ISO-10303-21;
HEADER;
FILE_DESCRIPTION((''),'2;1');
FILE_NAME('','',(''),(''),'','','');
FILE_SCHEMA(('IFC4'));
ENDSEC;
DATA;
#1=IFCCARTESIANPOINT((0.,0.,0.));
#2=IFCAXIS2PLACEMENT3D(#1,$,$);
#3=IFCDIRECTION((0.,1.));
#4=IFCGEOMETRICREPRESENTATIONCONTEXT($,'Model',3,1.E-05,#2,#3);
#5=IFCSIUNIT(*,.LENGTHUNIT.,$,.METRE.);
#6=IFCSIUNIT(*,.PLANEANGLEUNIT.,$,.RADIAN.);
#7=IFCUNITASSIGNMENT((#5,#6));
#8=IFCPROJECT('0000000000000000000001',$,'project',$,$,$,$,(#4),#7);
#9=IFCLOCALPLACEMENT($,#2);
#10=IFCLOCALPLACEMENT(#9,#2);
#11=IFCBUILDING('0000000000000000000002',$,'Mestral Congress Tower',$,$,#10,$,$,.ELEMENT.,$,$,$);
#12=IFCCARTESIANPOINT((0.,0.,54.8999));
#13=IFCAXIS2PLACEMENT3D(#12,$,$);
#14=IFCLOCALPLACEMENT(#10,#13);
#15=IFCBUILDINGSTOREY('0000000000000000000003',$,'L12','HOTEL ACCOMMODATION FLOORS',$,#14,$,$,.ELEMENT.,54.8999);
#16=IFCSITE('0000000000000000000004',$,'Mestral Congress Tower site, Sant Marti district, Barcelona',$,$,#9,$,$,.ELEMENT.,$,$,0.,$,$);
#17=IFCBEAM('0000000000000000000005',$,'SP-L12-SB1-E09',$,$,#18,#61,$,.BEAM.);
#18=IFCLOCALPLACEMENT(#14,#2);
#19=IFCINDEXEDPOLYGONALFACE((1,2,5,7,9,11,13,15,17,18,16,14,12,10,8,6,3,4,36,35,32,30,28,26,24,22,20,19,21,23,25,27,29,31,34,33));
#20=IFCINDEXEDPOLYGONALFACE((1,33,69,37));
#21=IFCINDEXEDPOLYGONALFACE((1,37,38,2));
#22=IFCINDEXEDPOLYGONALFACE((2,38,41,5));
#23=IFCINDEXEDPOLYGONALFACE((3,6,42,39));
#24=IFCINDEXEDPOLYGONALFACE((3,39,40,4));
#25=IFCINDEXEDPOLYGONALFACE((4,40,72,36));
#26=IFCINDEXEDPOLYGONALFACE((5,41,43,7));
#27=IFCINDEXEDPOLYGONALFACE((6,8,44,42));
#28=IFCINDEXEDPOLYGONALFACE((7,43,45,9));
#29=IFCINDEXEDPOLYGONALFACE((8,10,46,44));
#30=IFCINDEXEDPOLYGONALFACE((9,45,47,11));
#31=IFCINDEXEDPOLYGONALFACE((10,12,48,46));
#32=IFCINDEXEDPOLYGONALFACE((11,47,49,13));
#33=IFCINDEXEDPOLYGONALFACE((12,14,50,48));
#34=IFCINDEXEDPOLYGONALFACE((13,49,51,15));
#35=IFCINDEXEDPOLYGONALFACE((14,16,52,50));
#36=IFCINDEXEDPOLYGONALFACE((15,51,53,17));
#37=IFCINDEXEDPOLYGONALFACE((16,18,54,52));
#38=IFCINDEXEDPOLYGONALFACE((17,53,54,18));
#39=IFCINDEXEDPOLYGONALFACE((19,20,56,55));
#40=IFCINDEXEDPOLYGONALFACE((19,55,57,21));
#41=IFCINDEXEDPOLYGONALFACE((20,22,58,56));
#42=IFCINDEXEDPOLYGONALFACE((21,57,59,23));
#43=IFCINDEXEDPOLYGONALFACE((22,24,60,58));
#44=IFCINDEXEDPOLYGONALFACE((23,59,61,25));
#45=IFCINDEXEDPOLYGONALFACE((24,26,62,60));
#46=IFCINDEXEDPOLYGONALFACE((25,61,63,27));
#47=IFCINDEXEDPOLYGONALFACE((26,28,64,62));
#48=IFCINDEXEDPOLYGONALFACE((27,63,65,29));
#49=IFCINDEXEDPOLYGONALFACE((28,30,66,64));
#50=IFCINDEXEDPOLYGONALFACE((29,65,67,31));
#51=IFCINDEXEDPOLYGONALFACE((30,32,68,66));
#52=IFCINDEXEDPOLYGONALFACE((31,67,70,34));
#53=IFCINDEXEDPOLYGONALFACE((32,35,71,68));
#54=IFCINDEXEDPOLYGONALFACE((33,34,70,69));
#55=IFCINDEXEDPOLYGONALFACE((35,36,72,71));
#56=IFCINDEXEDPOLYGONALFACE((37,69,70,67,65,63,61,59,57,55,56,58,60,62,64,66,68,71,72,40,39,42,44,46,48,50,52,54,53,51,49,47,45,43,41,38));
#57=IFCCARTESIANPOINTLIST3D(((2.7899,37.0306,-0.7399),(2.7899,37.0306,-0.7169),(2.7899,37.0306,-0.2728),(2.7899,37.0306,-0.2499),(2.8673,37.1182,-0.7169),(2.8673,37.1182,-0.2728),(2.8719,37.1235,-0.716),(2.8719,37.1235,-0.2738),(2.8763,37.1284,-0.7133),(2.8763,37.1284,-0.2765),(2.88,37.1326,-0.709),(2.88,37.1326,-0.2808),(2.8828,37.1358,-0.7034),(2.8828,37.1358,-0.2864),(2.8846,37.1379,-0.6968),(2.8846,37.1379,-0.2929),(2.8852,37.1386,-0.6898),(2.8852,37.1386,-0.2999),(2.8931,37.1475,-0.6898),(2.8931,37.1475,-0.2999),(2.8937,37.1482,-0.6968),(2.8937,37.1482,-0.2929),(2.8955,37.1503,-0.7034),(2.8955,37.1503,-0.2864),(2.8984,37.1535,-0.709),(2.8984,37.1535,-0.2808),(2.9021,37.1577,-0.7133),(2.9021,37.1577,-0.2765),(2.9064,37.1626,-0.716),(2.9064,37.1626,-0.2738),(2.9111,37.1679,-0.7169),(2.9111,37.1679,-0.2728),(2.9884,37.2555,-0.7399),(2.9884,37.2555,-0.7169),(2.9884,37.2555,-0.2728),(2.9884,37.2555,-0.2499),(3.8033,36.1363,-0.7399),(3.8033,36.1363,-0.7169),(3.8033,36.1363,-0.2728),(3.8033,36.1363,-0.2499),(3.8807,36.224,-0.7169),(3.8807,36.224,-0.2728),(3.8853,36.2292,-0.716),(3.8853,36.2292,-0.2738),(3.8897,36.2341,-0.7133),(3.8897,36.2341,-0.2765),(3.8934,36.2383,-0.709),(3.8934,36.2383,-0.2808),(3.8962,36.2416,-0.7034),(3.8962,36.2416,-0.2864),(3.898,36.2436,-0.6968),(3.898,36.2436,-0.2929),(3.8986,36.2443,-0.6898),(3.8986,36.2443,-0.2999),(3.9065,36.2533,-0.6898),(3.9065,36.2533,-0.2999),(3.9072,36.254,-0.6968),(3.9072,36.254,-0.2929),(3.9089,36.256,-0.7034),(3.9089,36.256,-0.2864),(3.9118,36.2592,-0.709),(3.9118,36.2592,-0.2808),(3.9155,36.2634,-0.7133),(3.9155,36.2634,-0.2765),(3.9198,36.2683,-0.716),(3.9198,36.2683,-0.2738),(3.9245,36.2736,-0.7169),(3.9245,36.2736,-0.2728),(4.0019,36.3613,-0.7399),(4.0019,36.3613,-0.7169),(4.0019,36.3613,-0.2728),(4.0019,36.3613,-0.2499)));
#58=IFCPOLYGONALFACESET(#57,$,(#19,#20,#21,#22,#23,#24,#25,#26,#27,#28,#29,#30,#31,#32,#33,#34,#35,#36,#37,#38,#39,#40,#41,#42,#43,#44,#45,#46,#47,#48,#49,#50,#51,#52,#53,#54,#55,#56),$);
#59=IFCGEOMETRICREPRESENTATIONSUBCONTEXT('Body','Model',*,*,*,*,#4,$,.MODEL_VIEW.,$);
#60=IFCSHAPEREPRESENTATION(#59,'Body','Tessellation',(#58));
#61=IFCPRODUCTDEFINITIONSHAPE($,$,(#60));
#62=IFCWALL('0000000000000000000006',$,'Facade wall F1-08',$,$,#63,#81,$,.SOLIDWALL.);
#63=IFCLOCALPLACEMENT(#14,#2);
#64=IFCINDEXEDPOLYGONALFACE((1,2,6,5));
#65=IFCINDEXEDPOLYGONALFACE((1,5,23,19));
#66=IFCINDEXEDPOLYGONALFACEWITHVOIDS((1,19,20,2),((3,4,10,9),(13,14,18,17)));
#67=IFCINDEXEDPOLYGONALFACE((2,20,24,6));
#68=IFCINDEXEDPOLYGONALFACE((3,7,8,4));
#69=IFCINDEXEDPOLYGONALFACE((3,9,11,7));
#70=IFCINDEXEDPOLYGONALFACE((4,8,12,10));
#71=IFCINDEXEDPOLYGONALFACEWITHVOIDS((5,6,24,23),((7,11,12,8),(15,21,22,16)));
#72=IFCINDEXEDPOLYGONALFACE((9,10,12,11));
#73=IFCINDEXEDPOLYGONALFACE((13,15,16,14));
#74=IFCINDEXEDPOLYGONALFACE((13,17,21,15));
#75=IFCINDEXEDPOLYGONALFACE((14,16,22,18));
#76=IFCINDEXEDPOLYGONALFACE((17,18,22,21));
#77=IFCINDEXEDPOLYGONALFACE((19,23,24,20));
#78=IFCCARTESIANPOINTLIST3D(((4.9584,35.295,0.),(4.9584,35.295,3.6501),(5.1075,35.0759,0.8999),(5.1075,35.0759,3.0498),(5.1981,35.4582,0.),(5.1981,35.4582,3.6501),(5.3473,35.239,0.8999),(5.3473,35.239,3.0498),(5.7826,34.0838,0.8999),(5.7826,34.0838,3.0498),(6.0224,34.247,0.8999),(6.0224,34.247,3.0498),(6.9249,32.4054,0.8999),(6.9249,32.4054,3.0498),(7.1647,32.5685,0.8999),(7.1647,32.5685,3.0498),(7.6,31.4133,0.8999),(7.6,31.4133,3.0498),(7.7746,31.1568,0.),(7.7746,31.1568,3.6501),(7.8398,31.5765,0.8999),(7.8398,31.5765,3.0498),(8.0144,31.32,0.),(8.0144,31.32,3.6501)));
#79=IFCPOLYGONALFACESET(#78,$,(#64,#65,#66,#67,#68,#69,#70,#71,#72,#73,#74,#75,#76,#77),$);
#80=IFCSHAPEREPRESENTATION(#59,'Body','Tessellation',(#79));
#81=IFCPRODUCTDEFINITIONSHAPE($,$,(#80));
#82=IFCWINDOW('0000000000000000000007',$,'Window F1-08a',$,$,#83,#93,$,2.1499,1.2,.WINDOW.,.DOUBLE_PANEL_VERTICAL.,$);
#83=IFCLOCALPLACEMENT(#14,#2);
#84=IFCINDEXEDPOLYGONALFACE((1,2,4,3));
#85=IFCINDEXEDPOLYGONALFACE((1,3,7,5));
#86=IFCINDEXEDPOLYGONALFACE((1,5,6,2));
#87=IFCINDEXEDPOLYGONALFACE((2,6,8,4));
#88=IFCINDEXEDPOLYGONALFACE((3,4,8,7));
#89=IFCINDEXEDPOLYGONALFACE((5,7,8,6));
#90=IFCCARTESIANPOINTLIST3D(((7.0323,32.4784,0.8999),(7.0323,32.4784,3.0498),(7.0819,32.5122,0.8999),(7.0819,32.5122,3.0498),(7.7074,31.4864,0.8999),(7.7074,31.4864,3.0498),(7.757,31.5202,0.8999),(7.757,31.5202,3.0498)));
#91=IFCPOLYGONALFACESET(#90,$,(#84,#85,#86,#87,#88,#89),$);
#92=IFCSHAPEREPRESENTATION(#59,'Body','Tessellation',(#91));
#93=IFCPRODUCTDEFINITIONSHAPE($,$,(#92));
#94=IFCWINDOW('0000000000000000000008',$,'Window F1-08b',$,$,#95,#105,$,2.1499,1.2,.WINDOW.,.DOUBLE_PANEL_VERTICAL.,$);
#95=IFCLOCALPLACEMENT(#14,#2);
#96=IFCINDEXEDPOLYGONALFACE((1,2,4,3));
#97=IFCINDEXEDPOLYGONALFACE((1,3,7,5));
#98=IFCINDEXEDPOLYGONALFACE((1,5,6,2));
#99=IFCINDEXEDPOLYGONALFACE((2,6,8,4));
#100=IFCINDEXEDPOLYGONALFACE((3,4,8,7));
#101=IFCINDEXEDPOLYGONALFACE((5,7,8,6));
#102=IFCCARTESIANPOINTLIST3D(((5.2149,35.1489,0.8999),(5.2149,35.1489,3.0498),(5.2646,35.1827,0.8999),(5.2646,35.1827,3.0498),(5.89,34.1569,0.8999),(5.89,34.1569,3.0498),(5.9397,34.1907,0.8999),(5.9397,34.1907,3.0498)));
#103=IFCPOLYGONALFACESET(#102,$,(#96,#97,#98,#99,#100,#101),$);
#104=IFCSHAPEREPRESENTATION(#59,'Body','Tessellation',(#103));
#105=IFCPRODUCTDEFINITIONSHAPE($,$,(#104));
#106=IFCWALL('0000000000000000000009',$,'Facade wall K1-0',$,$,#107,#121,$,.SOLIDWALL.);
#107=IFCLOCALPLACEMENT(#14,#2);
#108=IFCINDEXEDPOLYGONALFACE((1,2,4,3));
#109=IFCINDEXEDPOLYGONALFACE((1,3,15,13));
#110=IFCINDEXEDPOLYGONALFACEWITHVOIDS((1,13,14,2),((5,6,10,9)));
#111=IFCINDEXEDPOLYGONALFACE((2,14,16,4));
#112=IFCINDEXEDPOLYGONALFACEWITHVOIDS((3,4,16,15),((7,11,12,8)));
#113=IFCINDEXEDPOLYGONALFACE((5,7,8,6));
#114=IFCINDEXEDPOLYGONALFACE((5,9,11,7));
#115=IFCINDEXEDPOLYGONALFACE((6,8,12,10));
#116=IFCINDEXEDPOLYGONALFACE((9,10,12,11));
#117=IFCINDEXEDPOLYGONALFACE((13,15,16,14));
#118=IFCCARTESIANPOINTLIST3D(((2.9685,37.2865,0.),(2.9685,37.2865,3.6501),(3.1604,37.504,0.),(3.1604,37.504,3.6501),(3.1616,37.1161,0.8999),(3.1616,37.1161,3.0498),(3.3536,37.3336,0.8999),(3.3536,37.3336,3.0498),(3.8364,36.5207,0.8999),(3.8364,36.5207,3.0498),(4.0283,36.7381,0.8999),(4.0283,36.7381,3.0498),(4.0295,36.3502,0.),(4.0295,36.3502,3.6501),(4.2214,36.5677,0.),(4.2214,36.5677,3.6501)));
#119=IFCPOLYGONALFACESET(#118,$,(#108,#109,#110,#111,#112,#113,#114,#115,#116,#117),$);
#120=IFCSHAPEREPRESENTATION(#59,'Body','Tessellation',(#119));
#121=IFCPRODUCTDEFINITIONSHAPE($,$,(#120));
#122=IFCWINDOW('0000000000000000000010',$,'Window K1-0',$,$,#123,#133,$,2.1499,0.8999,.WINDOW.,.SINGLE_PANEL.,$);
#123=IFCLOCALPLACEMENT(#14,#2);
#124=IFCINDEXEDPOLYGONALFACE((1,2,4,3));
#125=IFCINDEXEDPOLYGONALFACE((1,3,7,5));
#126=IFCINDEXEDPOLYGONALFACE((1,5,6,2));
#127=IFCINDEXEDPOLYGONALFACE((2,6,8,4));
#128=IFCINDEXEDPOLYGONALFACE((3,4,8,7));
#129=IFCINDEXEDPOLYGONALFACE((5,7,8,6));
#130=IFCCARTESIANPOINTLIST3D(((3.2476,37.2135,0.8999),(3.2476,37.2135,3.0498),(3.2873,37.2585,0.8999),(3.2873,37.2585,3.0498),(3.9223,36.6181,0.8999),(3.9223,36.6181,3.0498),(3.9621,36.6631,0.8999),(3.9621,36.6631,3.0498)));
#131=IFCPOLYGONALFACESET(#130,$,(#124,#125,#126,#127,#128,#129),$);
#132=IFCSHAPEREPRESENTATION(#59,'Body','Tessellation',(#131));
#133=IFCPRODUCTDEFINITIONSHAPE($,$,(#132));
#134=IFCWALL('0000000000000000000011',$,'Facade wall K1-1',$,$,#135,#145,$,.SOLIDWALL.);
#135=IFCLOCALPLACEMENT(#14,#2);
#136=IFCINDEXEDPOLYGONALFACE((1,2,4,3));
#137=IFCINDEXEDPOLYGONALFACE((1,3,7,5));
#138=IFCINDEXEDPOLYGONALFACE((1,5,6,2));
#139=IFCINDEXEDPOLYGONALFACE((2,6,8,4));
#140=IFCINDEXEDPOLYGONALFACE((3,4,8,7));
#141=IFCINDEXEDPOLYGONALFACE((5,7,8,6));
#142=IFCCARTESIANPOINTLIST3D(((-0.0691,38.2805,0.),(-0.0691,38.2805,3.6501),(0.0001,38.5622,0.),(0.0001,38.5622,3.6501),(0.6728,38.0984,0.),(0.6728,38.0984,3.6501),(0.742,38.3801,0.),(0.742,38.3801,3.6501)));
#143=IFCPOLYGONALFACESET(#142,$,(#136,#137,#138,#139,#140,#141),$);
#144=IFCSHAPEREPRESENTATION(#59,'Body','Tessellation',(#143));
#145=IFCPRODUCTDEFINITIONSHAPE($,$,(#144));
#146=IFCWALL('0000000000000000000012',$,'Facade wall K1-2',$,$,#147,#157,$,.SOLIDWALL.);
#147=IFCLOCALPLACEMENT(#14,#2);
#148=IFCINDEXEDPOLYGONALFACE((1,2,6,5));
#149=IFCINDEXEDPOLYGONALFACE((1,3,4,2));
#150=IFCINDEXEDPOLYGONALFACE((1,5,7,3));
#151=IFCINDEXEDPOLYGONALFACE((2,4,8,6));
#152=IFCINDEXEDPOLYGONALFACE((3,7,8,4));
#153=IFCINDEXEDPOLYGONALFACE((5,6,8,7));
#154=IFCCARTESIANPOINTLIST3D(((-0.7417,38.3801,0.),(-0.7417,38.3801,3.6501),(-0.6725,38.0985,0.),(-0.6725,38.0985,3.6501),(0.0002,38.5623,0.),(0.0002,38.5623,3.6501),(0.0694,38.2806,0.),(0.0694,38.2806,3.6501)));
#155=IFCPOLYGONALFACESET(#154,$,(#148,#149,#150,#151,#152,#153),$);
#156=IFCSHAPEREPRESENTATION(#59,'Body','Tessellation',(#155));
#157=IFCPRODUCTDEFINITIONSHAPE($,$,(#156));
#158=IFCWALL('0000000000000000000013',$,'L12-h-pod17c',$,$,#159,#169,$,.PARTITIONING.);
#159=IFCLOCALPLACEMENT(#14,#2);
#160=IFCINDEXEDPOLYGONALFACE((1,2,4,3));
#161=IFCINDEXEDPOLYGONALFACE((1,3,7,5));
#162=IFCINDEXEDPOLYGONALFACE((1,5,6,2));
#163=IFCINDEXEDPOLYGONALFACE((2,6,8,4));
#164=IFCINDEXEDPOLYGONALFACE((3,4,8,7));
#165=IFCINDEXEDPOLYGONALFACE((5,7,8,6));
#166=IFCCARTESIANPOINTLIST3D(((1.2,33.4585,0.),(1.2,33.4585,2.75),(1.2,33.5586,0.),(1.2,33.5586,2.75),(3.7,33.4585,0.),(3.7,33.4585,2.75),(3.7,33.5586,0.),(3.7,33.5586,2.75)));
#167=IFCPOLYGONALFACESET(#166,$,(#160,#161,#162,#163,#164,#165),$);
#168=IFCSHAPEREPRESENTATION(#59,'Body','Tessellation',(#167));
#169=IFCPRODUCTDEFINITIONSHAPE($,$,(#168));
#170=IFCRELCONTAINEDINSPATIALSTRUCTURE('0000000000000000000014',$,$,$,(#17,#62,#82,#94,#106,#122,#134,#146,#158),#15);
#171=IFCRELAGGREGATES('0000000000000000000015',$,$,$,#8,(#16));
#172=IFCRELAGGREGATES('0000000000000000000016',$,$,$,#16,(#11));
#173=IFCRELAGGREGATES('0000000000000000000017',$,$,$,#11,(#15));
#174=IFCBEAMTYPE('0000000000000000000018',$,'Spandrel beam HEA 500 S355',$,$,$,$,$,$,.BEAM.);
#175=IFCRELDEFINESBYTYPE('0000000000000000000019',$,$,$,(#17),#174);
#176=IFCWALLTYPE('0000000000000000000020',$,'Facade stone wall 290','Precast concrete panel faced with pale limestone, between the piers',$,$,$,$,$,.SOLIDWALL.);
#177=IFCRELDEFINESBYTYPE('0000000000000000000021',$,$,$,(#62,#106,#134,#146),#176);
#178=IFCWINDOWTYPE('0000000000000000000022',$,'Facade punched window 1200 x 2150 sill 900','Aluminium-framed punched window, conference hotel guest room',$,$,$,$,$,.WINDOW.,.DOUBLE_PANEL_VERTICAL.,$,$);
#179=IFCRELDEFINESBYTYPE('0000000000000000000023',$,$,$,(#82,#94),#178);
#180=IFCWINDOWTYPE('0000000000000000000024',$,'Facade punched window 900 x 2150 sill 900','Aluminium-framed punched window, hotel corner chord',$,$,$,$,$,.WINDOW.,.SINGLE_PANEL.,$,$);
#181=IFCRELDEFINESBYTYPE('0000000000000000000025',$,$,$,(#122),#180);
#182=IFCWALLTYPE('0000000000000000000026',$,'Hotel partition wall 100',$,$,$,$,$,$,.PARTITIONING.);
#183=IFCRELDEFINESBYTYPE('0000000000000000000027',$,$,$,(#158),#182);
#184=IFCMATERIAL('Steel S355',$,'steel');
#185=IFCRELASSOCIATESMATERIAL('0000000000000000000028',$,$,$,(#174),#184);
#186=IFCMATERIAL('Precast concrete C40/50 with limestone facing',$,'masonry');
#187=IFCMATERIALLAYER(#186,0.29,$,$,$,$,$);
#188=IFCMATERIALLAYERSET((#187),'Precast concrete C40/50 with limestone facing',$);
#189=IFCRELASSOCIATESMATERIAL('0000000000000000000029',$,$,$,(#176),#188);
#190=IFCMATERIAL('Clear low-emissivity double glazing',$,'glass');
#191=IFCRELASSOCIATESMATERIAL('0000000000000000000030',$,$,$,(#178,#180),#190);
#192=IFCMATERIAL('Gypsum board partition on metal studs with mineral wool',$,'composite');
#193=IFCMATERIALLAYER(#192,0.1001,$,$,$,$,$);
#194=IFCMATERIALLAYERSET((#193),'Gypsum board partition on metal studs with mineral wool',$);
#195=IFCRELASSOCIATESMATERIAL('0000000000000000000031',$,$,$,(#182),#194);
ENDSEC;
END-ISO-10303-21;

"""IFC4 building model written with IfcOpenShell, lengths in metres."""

from ifc_helpers import new_model, si_unit, direction, frame, frame_2d, origin, origin_2d, place, context, subcontext, project, spatial, rectangle, i_section, extrude, material, layer, layer_set, material_profile, profile_set, type_object, element, fill, save


model = new_model("IFC4")

# Units and contexts
model_context = context("Model", 3, precision=1e-05, world=origin(), true_north=direction((0.0, 1.0)))
body_context = subcontext(model_context, "Body", "Model", "MODEL_VIEW")
ifc_project = project(units=[si_unit("LENGTHUNIT", "METRE"), si_unit("PLANEANGLEUNIT", "RADIAN")], contexts=[model_context])

# Site, building, storey
site_placement = place(None, origin())
site = spatial("IfcSite", under=ifc_project, at=site_placement, Name="Mestral Congress Tower site, Sant Marti district, Barcelona", CompositionType="ELEMENT", RefElevation=0.0)
building_placement = place(site_placement, origin())
building = spatial("IfcBuilding", under=site, at=building_placement, Name="Mestral Congress Tower", CompositionType="ELEMENT")
storey_placement = place(building_placement, frame((0.0, 0.0, 54.8999)))
storey = spatial("IfcBuildingStorey", under=building, at=storey_placement, Name="L12", Description="HOTEL ACCOMMODATION FLOORS", CompositionType="ELEMENT", Elevation=54.8999)

# Beam
ifc_material_1 = material(Name="Steel S355", Category="steel")
ifc_material_profile_1 = material_profile(ifc_material_1, i_section(OverallWidth=0.3, OverallDepth=0.49, WebThickness=0.012, FlangeThickness=0.0229, FilletRadius=0.0271, at=origin_2d()), Name="HEA 500")
ifc_profile_set_1 = profile_set([ifc_material_profile_1], Name="Steel S355")
beam_type_1 = type_object("IfcBeamType", Name="Spandrel beam HEA 500 S355", PredefinedType="BEAM", material=ifc_profile_set_1)
beam_1_placement = place(storey_placement, frame((3.9026, 36.2488, -0.4949), z_axis=(-0.749806, 0.661657, 0.0), x_axis=(-0.661657, -0.749806, 0.0)))
element("IfcBeam", 1, at=beam_1_placement, inside=storey, type_object=beam_type_1, Name="SP-L12-SB1-E09", PredefinedType="BEAM", context=body_context, shape_type="SweptSolid", body=[
    extrude(i_section(OverallWidth=0.3, OverallDepth=0.49, WebThickness=0.012, FlangeThickness=0.0229, FilletRadius=0.0271, at=origin_2d()), origin(), (0.0, 0.0, 1.0), 1.3516),
])

# Wall, openings, windows
ifc_material_2 = material(Name="Precast concrete C40/50 with limestone facing", Category="masonry")
ifc_layer_1 = layer(ifc_material_2, 0.29)
ifc_layer_set_1 = layer_set([ifc_layer_1], Name="Precast concrete C40/50 with limestone facing")
wall_type_1 = type_object("IfcWallType", Name="Facade stone wall 290", Description="Precast concrete panel faced with pale limestone, between the piers", PredefinedType="SOLIDWALL", material=ifc_layer_set_1)
wall_1_placement = place(storey_placement, frame((7.8945, 31.2383, 0.0), z_axis=(0.0, 0.0, 1.0), x_axis=(-0.56261, 0.826722, 0.0)))
wall_1 = element("IfcWall", 2, at=wall_1_placement, inside=storey, type_object=wall_type_1, Name="Facade wall F1-08", PredefinedType="SOLIDWALL", context=body_context, shape_type="SweptSolid", body=[
    extrude(rectangle(XDim=5.0056, YDim=0.29, at=frame_2d((2.5029, 0.0))), origin(), (0.0, 0.0, 1.0), 3.6501),
])
opening_1_placement = place(wall_1_placement, frame((0.3103, 0.0, 0.8999)))
opening_1 = element("IfcOpeningElement", 3, at=opening_1_placement, cuts=wall_1, PredefinedType="OPENING", context=body_context, shape_type="SweptSolid", body=[
    extrude(rectangle(XDim=1.2, YDim=2.1499, at=frame_2d((0.6001, 1.075))), frame((0.0, 0.155, 0.0), z_axis=(0.0, -1.0, 0.0), x_axis=(1.0, 0.0, 0.0)), (0.0, 0.0, 1.0), 0.3101),
])
opening_2_placement = place(wall_1_placement, frame((3.5405, 0.0, 0.8999)))
opening_2 = element("IfcOpeningElement", 4, at=opening_2_placement, cuts=wall_1, PredefinedType="OPENING", context=body_context, shape_type="SweptSolid", body=[
    extrude(rectangle(XDim=1.2, YDim=2.1499, at=frame_2d((0.6001, 1.075))), frame((0.0, 0.155, 0.0), z_axis=(0.0, -1.0, 0.0), x_axis=(1.0, 0.0, 0.0)), (0.0, 0.0, 1.0), 0.3101),
])
ifc_material_3 = material(Name="Clear low-emissivity double glazing", Category="glass")
window_type_1 = type_object("IfcWindowType", Name="Facade punched window 1200 x 2150 sill 900", Description="Aluminium-framed punched window, conference hotel guest room", PartitioningType="DOUBLE_PANEL_VERTICAL", PredefinedType="WINDOW", material=ifc_material_3)
window_1_placement = place(opening_1_placement, origin())
window_1 = element("IfcWindow", 5, at=window_1_placement, inside=storey, type_object=window_type_1, Name="Window F1-08a", OverallHeight=2.1499, OverallWidth=1.2, PartitioningType="DOUBLE_PANEL_VERTICAL", PredefinedType="WINDOW", context=body_context, shape_type="SweptSolid", body=[
    extrude(rectangle(XDim=1.2, YDim=2.1499, at=frame_2d((0.6001, 1.075))), frame((0.0, 0.0151, 0.0), z_axis=(0.0, -1.0, 0.0), x_axis=(1.0, 0.0, 0.0)), (0.0, 0.0, 1.0), 0.0601),
])
fill(opening_1, window_1)
window_2_placement = place(opening_2_placement, origin())
window_2 = element("IfcWindow", 6, at=window_2_placement, inside=storey, type_object=window_type_1, Name="Window F1-08b", OverallHeight=2.1499, OverallWidth=1.2, PartitioningType="DOUBLE_PANEL_VERTICAL", PredefinedType="WINDOW", context=body_context, shape_type="SweptSolid", body=[
    extrude(rectangle(XDim=1.2, YDim=2.1499, at=frame_2d((0.6001, 1.075))), frame((0.0, 0.0151, 0.0), z_axis=(0.0, -1.0, 0.0), x_axis=(1.0, 0.0, 0.0)), (0.0, 0.0, 1.0), 0.0601),
])
fill(opening_2, window_2)

# Wall, opening, window
wall_2_placement = place(storey_placement, frame((4.1255, 36.459, 0.0), z_axis=(0.0, 0.0, 1.0), x_axis=(-0.749813, 0.66165, 0.0)))
wall_2 = element("IfcWall", 7, at=wall_2_placement, inside=storey, type_object=wall_type_1, Name="Facade wall K1-0", PredefinedType="SOLIDWALL", context=body_context, shape_type="SweptSolid", body=[
    extrude(rectangle(XDim=1.415, YDim=0.29, at=frame_2d((0.7075, 0.0))), origin(), (0.0, 0.0, 1.0), 3.6501),
])
opening_3_placement = place(wall_2_placement, frame((0.2576, 0.0, 0.8999)))
opening_3 = element("IfcOpeningElement", 8, at=opening_3_placement, cuts=wall_2, PredefinedType="OPENING", context=body_context, shape_type="SweptSolid", body=[
    extrude(rectangle(XDim=0.8999, YDim=2.1499, at=frame_2d((0.45, 1.075))), frame((0.0, 0.155, 0.0), z_axis=(0.0, -1.0, 0.0), x_axis=(1.0, 0.0, 0.0)), (0.0, 0.0, 1.0), 0.3101),
])
window_type_2 = type_object("IfcWindowType", Name="Facade punched window 900 x 2150 sill 900", Description="Aluminium-framed punched window, hotel corner chord", PartitioningType="SINGLE_PANEL", PredefinedType="WINDOW", material=ifc_material_3)
window_3_placement = place(opening_3_placement, origin())
window_3 = element("IfcWindow", 9, at=window_3_placement, inside=storey, type_object=window_type_2, Name="Window K1-0", OverallHeight=2.1499, OverallWidth=0.8999, PartitioningType="SINGLE_PANEL", PredefinedType="WINDOW", context=body_context, shape_type="SweptSolid", body=[
    extrude(rectangle(XDim=0.8999, YDim=2.1499, at=frame_2d((0.45, 1.075))), frame((0.0, 0.0151, 0.0), z_axis=(0.0, -1.0, 0.0), x_axis=(1.0, 0.0, 0.0)), (0.0, 0.0, 1.0), 0.0601),
])
fill(opening_3, window_3)

# Walls
for number, where, z_axis, x_axis, name in (
    (10, (0.7073, 38.2393, 0.0), (0.0, 0.0, 1.0), (-0.971168, 0.238398, 0.0), "Facade wall K1-1"),
    (11, (0.0347, 38.4214, 0.0), (0.0, 0.0, 1.0), (-0.971168, -0.238398, 0.0), "Facade wall K1-2"),
):
    element("IfcWall", number, at=place(storey_placement, frame(where, z_axis=z_axis, x_axis=x_axis)), inside=storey, type_object=wall_type_1, Name=name, PredefinedType="SOLIDWALL", context=body_context, shape_type="SweptSolid", body=[
        extrude(rectangle(XDim=0.7639, YDim=0.29, at=frame_2d((0.3818, 0.0))), origin(), (0.0, 0.0, 1.0), 3.6501),
    ])
ifc_material_4 = material(Name="Gypsum board partition on metal studs with mineral wool", Category="composite")
ifc_layer_2 = layer(ifc_material_4, 0.1001)
ifc_layer_set_2 = layer_set([ifc_layer_2], Name="Gypsum board partition on metal studs with mineral wool")
wall_type_2 = type_object("IfcWallType", Name="Hotel partition wall 100", PredefinedType="PARTITIONING", material=ifc_layer_set_2)
wall_3_placement = place(storey_placement, frame((1.2, 33.5085, 0.0), z_axis=(0.0, 0.0, 1.0), x_axis=(1.0, 0.0, 0.0)))
element("IfcWall", 12, at=wall_3_placement, inside=storey, type_object=wall_type_2, Name="L12-h-pod17c", PredefinedType="PARTITIONING", context=body_context, shape_type="SweptSolid", body=[
    extrude(rectangle(XDim=2.5, YDim=0.1001, at=frame_2d((1.25, 0.0))), origin(), (0.0, 0.0, 1.0), 2.75),
])

save(model, "model.ifc")
